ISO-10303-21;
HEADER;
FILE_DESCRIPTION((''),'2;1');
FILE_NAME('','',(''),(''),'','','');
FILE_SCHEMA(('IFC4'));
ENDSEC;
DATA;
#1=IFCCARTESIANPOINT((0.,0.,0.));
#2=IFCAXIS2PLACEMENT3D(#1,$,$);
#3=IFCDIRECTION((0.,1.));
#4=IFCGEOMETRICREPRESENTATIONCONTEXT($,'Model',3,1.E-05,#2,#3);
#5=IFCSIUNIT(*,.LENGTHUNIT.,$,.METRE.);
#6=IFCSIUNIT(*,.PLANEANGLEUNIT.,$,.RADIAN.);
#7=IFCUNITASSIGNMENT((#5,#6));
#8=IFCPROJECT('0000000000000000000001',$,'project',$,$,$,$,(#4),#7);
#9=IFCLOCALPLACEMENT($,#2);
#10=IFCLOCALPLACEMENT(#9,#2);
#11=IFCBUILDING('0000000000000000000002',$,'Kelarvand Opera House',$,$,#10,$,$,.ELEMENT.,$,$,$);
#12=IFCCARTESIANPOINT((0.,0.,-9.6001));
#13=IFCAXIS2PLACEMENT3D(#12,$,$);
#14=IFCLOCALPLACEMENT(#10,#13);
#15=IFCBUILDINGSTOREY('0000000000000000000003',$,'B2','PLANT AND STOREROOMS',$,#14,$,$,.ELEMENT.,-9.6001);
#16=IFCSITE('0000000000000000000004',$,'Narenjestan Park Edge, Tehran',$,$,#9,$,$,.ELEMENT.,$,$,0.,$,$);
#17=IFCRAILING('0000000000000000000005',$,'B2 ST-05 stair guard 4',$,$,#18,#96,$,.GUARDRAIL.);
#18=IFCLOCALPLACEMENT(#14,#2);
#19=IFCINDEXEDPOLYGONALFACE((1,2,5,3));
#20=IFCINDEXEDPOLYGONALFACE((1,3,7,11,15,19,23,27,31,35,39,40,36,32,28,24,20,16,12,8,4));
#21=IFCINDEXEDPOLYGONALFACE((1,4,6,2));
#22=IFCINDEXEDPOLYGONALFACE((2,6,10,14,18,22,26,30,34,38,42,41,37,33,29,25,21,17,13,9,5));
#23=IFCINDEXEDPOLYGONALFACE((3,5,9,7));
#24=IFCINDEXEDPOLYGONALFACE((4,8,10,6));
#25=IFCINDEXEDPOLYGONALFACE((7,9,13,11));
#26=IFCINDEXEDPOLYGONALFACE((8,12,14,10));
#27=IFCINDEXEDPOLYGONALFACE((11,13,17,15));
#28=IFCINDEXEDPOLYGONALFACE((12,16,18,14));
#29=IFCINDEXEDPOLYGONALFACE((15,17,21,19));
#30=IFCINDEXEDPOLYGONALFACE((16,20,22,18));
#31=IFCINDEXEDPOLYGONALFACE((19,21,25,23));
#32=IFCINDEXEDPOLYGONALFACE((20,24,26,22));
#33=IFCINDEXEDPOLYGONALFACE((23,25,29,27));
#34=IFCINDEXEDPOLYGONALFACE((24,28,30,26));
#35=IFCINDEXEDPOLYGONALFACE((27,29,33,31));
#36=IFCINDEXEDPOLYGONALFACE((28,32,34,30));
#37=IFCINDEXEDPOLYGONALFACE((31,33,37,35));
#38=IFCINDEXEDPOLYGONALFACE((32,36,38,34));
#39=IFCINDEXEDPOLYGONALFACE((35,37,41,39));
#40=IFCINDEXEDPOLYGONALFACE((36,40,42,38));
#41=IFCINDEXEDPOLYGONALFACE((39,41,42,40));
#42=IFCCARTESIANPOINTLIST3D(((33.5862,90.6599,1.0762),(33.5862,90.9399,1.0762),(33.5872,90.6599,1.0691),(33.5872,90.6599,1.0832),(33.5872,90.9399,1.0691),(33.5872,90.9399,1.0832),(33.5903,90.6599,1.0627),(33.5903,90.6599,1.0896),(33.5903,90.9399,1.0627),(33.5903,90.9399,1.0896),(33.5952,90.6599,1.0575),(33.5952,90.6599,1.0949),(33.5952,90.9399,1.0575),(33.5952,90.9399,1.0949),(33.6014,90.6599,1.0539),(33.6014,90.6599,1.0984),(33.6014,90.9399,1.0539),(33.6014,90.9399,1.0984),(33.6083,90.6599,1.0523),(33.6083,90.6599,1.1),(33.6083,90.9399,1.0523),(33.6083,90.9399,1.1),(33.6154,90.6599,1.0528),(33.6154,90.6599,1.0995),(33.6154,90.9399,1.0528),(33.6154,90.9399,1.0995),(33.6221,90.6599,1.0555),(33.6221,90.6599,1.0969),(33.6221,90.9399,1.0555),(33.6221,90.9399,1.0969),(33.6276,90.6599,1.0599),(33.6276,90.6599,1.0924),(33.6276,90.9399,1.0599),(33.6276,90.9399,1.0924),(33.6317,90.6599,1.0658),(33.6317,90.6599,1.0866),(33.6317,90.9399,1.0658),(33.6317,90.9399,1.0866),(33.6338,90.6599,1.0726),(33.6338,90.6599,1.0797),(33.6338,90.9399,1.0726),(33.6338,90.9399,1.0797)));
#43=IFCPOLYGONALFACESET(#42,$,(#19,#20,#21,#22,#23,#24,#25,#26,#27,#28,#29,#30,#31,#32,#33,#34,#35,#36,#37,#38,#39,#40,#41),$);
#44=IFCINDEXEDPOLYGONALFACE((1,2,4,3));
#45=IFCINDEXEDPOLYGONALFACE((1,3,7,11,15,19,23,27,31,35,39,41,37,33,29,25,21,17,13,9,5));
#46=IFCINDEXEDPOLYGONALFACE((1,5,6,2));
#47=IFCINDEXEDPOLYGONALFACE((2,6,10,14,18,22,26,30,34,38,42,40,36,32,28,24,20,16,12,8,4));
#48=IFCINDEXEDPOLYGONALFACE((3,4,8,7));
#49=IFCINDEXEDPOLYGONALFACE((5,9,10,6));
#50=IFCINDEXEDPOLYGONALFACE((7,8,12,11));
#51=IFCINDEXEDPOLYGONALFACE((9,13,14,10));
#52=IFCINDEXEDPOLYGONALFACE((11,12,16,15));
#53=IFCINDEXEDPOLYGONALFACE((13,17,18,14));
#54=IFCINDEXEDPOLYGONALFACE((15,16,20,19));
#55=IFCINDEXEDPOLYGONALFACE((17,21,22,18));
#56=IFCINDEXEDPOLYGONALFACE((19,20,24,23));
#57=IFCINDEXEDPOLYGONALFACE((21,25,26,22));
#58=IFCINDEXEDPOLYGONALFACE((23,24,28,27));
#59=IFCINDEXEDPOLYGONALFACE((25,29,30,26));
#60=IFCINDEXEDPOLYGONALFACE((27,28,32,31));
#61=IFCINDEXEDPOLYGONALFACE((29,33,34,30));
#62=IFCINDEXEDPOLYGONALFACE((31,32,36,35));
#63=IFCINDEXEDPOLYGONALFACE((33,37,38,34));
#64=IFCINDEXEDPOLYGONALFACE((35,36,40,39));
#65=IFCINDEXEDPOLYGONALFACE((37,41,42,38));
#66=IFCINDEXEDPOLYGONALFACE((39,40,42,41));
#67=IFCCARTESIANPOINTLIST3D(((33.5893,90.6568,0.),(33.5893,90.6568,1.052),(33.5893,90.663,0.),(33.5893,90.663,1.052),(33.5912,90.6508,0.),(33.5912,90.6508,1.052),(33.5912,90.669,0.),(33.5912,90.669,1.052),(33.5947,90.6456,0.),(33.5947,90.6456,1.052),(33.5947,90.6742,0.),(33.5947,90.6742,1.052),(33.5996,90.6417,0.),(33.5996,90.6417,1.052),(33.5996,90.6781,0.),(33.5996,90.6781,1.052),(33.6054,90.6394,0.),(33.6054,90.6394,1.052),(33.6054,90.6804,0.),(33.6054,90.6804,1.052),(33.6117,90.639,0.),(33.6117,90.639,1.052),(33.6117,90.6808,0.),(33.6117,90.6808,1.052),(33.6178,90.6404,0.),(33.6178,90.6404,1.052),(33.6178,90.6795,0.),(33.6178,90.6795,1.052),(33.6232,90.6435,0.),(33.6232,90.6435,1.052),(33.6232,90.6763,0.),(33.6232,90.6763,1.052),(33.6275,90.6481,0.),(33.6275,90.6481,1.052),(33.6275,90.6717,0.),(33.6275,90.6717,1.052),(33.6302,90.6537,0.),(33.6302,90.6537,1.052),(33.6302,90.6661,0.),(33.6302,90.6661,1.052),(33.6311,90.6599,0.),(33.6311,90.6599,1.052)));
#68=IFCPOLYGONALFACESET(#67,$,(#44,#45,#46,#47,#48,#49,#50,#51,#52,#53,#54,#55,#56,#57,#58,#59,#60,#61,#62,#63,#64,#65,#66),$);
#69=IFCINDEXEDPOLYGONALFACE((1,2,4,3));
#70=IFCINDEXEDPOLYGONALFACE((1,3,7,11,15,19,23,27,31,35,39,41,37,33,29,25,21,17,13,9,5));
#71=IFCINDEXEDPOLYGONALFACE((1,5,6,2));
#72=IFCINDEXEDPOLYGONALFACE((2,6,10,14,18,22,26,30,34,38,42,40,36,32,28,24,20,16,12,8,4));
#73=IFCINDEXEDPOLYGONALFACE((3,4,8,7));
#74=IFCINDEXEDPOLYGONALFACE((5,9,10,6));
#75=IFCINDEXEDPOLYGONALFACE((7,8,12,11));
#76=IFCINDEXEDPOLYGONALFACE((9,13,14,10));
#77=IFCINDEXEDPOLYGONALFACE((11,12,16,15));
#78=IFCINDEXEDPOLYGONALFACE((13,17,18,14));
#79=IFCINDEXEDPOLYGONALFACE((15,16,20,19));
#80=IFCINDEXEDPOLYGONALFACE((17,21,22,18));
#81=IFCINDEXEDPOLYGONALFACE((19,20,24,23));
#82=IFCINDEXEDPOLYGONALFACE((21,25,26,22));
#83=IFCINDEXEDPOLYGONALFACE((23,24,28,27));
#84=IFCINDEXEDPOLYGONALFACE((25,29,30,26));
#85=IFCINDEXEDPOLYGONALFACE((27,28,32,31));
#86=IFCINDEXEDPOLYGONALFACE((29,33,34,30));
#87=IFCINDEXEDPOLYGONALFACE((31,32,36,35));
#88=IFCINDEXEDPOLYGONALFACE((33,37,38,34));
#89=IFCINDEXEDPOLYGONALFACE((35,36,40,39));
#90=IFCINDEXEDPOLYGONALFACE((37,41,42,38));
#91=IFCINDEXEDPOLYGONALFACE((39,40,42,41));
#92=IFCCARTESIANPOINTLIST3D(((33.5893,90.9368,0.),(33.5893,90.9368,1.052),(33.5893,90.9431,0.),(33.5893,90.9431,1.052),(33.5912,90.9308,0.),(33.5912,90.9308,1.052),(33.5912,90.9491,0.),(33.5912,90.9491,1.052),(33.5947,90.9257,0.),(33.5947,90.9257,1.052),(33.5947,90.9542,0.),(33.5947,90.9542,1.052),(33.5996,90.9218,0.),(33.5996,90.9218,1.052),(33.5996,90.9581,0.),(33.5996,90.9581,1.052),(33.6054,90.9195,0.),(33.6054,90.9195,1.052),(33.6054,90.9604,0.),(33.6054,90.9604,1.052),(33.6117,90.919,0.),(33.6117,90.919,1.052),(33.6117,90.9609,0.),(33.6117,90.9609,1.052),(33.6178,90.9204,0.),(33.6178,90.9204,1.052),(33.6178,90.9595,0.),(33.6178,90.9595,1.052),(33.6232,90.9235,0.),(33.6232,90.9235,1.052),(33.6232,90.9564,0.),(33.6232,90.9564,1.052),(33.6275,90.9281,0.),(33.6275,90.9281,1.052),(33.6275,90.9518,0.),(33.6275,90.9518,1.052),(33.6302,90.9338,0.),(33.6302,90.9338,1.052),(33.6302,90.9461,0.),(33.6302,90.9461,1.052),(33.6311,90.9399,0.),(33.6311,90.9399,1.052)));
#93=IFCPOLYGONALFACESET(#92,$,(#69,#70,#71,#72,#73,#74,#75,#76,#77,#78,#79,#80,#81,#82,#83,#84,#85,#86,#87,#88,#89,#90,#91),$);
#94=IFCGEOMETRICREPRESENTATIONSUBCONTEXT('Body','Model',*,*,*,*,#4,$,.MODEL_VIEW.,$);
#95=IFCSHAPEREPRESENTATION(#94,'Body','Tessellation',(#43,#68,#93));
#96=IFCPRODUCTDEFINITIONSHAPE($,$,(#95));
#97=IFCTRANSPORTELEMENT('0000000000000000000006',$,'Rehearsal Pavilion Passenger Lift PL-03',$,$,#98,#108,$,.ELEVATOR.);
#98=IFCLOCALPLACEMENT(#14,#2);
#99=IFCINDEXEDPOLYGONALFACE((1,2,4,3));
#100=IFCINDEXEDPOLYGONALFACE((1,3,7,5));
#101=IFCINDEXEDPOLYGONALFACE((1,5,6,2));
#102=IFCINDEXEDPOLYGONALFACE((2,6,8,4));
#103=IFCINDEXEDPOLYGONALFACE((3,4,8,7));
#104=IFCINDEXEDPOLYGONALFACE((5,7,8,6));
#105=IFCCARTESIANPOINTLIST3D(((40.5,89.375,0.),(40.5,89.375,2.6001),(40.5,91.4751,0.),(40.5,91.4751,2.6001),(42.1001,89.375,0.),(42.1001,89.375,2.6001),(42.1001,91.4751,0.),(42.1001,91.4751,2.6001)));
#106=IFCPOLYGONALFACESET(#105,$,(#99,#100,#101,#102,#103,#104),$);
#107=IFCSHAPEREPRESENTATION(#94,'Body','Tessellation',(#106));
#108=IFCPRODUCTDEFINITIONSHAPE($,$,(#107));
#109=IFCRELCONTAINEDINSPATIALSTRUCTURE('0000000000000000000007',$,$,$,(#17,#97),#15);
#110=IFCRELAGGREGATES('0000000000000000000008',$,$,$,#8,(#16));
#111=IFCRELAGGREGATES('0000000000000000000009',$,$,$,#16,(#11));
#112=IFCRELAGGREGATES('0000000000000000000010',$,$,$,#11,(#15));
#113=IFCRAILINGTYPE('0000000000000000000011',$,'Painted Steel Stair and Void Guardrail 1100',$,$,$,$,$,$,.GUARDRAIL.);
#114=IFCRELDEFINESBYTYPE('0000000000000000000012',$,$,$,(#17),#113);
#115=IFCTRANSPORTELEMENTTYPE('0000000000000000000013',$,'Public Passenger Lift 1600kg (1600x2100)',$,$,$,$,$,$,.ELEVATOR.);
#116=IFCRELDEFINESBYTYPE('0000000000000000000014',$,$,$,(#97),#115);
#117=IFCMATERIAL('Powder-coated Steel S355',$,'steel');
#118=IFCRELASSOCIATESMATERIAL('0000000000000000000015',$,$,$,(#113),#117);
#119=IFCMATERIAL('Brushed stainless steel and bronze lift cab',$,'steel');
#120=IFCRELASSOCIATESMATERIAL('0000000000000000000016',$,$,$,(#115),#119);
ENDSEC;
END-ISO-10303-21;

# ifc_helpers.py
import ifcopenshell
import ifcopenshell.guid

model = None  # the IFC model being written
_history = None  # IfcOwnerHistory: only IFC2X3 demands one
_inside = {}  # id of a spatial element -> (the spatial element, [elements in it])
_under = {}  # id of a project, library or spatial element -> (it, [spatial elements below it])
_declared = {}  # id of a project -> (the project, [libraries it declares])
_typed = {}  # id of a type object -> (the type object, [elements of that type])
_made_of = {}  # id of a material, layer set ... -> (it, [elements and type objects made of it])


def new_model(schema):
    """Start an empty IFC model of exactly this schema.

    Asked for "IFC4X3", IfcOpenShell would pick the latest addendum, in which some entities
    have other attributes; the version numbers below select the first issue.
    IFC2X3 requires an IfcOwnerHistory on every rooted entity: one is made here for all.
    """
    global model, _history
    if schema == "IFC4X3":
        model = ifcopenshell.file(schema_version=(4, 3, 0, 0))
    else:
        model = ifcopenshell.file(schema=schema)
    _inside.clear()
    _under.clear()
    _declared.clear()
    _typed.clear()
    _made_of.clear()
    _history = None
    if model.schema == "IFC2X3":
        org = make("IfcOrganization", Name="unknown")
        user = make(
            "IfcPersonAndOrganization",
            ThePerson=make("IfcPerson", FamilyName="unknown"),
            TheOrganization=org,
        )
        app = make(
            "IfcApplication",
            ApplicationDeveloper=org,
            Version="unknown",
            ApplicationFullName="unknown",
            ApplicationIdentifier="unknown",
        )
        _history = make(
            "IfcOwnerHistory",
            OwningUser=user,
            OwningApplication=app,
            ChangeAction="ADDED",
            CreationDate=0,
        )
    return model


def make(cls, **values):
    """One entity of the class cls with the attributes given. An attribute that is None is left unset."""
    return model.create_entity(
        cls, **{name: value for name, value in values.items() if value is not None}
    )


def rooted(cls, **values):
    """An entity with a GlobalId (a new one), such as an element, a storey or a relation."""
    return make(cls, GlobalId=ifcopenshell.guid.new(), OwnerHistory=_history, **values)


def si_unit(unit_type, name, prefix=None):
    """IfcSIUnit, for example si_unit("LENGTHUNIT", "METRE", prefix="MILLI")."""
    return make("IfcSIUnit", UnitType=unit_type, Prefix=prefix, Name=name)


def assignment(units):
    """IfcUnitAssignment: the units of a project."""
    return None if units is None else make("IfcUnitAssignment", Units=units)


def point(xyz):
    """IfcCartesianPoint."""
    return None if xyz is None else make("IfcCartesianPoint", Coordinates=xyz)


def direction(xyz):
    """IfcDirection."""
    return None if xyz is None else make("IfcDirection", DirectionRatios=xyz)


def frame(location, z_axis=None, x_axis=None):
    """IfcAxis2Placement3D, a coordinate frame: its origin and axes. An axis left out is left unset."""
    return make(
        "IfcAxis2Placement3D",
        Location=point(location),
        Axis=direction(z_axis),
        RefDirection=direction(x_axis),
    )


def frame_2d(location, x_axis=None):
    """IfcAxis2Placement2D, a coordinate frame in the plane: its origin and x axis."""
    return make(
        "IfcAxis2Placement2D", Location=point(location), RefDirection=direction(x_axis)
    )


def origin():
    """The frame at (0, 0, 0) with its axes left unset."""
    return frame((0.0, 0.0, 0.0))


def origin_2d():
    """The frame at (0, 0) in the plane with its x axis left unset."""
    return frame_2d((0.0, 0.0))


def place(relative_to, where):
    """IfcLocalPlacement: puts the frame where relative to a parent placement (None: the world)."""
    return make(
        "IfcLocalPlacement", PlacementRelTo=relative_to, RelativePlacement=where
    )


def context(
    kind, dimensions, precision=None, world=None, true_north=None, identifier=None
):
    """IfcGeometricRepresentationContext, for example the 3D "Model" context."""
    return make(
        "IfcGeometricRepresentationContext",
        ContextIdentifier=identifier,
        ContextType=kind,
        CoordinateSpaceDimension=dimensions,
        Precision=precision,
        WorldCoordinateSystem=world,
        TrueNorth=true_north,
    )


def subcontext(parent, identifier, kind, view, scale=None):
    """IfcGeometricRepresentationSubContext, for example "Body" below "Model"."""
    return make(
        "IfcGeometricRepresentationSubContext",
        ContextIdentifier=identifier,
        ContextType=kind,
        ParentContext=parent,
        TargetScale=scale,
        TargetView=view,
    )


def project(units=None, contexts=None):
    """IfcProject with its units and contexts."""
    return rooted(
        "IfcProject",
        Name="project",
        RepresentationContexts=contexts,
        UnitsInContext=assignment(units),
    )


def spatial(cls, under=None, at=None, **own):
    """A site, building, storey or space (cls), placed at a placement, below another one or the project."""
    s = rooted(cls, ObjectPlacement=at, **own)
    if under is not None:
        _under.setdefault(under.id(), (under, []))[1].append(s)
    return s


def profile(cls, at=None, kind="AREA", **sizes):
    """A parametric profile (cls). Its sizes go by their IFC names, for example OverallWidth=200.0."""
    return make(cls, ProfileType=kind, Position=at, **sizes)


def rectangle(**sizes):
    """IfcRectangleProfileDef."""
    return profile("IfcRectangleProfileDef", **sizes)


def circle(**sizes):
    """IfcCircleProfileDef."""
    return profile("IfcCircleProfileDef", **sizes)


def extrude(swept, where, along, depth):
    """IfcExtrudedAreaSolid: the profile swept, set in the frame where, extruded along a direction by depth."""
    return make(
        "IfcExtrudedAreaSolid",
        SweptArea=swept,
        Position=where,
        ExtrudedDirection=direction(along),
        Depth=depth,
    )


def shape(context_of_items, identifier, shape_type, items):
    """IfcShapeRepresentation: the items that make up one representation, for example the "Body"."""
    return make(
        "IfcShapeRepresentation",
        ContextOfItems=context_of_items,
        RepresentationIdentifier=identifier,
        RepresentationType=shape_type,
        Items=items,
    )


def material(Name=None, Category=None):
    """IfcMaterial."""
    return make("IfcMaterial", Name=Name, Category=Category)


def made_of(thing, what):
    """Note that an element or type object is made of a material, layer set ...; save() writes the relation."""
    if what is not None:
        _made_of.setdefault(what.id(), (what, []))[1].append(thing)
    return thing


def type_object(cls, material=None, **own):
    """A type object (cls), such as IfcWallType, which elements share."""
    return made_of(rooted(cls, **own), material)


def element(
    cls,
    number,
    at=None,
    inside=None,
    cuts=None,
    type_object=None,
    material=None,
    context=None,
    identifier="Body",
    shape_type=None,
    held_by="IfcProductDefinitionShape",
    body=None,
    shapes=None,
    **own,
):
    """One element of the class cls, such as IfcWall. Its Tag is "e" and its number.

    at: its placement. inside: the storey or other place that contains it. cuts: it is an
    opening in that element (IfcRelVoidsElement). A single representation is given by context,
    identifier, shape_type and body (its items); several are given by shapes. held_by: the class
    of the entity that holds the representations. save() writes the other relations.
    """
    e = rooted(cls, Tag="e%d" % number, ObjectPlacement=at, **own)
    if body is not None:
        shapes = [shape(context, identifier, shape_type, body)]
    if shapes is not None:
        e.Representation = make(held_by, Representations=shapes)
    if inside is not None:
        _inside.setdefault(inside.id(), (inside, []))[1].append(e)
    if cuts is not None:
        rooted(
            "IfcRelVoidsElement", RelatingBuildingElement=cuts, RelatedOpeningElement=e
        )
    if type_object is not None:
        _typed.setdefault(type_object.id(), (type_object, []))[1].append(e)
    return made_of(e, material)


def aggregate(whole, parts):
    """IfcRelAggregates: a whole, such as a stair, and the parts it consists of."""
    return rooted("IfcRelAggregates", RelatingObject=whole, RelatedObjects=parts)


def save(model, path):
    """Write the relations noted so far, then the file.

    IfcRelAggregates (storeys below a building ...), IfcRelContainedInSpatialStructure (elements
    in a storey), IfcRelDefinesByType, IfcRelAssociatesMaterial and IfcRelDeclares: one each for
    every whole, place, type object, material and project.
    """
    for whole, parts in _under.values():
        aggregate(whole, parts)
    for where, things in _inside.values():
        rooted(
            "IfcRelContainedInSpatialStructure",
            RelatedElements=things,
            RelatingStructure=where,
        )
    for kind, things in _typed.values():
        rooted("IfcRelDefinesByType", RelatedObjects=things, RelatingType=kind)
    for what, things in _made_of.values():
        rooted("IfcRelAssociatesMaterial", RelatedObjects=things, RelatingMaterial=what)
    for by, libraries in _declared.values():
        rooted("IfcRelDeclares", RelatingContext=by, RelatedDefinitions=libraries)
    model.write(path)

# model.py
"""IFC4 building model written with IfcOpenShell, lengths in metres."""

from ifc_helpers import new_model, si_unit, direction, frame, origin, origin_2d, place, context, subcontext, project, spatial, rectangle, circle, extrude, material, type_object, element, save


model = new_model("IFC4")

# Units and contexts
model_context = context("Model", 3, precision=1e-05, world=origin(), true_north=direction((0.0, 1.0)))
body_context = subcontext(model_context, "Body", "Model", "MODEL_VIEW")
ifc_project = project(units=[si_unit("LENGTHUNIT", "METRE"), si_unit("PLANEANGLEUNIT", "RADIAN")], contexts=[model_context])

# Site, building, storey
site_placement = place(None, origin())
site = spatial("IfcSite", under=ifc_project, at=site_placement, Name="Narenjestan Park Edge, Tehran", CompositionType="ELEMENT", RefElevation=0.0)
building_placement = place(site_placement, origin())
building = spatial("IfcBuilding", under=site, at=building_placement, Name="Kelarvand Opera House", CompositionType="ELEMENT")
storey_placement = place(building_placement, frame((0.0, 0.0, -9.6001)))
storey = spatial("IfcBuildingStorey", under=building, at=storey_placement, Name="B2", Description="PLANT AND STOREROOMS", CompositionType="ELEMENT", Elevation=-9.6001)

# Railing
ifc_material_1 = material(Name="Powder-coated Steel S355", Category="steel")
railing_type_1 = type_object("IfcRailingType", Name="Painted Steel Stair and Void Guardrail 1100", PredefinedType="GUARDRAIL", material=ifc_material_1)
railing_1_placement = place(storey_placement, frame((33.6101, 90.6599, 0.0)))
element("IfcRailing", 1, at=railing_1_placement, inside=storey, type_object=railing_type_1, Name="B2 ST-05 stair guard 4", PredefinedType="GUARDRAIL", context=body_context, shape_type="SweptSolid", body=[
    extrude(circle(Radius=0.0239, at=origin_2d()), frame((0.0, 0.0, 1.0762), z_axis=(0.0, 1.0, 0.0), x_axis=(-1.0, 0.0, 0.0)), (0.0, 0.0, 1.0), 0.28),
    extrude(circle(Radius=0.021, at=origin_2d()), origin(), (0.0, 0.0, 1.0), 1.052),
    extrude(circle(Radius=0.021, at=origin_2d()), frame((0.0, 0.28, 0.0)), (0.0, 0.0, 1.0), 1.052),
])

# Transport element
ifc_material_2 = material(Name="Brushed stainless steel and bronze lift cab", Category="steel")
transport_element_type = type_object("IfcTransportElementType", Name="Public Passenger Lift 1600kg (1600x2100)", PredefinedType="ELEVATOR", material=ifc_material_2)
transport_element_placement = place(storey_placement, frame((41.3, 90.425, 0.0), z_axis=(0.0, 0.0, 1.0), x_axis=(1.0, 0.0, 0.0)))
element("IfcTransportElement", 2, at=transport_element_placement, inside=storey, type_object=transport_element_type, Name="Rehearsal Pavilion Passenger Lift PL-03", PredefinedType="ELEVATOR", context=body_context, shape_type="SweptSolid", body=[
    extrude(rectangle(XDim=1.6001, YDim=2.1001, at=origin_2d()), origin(), (0.0, 0.0, 1.0), 2.6001),
])

save(model, "model.ifc")
